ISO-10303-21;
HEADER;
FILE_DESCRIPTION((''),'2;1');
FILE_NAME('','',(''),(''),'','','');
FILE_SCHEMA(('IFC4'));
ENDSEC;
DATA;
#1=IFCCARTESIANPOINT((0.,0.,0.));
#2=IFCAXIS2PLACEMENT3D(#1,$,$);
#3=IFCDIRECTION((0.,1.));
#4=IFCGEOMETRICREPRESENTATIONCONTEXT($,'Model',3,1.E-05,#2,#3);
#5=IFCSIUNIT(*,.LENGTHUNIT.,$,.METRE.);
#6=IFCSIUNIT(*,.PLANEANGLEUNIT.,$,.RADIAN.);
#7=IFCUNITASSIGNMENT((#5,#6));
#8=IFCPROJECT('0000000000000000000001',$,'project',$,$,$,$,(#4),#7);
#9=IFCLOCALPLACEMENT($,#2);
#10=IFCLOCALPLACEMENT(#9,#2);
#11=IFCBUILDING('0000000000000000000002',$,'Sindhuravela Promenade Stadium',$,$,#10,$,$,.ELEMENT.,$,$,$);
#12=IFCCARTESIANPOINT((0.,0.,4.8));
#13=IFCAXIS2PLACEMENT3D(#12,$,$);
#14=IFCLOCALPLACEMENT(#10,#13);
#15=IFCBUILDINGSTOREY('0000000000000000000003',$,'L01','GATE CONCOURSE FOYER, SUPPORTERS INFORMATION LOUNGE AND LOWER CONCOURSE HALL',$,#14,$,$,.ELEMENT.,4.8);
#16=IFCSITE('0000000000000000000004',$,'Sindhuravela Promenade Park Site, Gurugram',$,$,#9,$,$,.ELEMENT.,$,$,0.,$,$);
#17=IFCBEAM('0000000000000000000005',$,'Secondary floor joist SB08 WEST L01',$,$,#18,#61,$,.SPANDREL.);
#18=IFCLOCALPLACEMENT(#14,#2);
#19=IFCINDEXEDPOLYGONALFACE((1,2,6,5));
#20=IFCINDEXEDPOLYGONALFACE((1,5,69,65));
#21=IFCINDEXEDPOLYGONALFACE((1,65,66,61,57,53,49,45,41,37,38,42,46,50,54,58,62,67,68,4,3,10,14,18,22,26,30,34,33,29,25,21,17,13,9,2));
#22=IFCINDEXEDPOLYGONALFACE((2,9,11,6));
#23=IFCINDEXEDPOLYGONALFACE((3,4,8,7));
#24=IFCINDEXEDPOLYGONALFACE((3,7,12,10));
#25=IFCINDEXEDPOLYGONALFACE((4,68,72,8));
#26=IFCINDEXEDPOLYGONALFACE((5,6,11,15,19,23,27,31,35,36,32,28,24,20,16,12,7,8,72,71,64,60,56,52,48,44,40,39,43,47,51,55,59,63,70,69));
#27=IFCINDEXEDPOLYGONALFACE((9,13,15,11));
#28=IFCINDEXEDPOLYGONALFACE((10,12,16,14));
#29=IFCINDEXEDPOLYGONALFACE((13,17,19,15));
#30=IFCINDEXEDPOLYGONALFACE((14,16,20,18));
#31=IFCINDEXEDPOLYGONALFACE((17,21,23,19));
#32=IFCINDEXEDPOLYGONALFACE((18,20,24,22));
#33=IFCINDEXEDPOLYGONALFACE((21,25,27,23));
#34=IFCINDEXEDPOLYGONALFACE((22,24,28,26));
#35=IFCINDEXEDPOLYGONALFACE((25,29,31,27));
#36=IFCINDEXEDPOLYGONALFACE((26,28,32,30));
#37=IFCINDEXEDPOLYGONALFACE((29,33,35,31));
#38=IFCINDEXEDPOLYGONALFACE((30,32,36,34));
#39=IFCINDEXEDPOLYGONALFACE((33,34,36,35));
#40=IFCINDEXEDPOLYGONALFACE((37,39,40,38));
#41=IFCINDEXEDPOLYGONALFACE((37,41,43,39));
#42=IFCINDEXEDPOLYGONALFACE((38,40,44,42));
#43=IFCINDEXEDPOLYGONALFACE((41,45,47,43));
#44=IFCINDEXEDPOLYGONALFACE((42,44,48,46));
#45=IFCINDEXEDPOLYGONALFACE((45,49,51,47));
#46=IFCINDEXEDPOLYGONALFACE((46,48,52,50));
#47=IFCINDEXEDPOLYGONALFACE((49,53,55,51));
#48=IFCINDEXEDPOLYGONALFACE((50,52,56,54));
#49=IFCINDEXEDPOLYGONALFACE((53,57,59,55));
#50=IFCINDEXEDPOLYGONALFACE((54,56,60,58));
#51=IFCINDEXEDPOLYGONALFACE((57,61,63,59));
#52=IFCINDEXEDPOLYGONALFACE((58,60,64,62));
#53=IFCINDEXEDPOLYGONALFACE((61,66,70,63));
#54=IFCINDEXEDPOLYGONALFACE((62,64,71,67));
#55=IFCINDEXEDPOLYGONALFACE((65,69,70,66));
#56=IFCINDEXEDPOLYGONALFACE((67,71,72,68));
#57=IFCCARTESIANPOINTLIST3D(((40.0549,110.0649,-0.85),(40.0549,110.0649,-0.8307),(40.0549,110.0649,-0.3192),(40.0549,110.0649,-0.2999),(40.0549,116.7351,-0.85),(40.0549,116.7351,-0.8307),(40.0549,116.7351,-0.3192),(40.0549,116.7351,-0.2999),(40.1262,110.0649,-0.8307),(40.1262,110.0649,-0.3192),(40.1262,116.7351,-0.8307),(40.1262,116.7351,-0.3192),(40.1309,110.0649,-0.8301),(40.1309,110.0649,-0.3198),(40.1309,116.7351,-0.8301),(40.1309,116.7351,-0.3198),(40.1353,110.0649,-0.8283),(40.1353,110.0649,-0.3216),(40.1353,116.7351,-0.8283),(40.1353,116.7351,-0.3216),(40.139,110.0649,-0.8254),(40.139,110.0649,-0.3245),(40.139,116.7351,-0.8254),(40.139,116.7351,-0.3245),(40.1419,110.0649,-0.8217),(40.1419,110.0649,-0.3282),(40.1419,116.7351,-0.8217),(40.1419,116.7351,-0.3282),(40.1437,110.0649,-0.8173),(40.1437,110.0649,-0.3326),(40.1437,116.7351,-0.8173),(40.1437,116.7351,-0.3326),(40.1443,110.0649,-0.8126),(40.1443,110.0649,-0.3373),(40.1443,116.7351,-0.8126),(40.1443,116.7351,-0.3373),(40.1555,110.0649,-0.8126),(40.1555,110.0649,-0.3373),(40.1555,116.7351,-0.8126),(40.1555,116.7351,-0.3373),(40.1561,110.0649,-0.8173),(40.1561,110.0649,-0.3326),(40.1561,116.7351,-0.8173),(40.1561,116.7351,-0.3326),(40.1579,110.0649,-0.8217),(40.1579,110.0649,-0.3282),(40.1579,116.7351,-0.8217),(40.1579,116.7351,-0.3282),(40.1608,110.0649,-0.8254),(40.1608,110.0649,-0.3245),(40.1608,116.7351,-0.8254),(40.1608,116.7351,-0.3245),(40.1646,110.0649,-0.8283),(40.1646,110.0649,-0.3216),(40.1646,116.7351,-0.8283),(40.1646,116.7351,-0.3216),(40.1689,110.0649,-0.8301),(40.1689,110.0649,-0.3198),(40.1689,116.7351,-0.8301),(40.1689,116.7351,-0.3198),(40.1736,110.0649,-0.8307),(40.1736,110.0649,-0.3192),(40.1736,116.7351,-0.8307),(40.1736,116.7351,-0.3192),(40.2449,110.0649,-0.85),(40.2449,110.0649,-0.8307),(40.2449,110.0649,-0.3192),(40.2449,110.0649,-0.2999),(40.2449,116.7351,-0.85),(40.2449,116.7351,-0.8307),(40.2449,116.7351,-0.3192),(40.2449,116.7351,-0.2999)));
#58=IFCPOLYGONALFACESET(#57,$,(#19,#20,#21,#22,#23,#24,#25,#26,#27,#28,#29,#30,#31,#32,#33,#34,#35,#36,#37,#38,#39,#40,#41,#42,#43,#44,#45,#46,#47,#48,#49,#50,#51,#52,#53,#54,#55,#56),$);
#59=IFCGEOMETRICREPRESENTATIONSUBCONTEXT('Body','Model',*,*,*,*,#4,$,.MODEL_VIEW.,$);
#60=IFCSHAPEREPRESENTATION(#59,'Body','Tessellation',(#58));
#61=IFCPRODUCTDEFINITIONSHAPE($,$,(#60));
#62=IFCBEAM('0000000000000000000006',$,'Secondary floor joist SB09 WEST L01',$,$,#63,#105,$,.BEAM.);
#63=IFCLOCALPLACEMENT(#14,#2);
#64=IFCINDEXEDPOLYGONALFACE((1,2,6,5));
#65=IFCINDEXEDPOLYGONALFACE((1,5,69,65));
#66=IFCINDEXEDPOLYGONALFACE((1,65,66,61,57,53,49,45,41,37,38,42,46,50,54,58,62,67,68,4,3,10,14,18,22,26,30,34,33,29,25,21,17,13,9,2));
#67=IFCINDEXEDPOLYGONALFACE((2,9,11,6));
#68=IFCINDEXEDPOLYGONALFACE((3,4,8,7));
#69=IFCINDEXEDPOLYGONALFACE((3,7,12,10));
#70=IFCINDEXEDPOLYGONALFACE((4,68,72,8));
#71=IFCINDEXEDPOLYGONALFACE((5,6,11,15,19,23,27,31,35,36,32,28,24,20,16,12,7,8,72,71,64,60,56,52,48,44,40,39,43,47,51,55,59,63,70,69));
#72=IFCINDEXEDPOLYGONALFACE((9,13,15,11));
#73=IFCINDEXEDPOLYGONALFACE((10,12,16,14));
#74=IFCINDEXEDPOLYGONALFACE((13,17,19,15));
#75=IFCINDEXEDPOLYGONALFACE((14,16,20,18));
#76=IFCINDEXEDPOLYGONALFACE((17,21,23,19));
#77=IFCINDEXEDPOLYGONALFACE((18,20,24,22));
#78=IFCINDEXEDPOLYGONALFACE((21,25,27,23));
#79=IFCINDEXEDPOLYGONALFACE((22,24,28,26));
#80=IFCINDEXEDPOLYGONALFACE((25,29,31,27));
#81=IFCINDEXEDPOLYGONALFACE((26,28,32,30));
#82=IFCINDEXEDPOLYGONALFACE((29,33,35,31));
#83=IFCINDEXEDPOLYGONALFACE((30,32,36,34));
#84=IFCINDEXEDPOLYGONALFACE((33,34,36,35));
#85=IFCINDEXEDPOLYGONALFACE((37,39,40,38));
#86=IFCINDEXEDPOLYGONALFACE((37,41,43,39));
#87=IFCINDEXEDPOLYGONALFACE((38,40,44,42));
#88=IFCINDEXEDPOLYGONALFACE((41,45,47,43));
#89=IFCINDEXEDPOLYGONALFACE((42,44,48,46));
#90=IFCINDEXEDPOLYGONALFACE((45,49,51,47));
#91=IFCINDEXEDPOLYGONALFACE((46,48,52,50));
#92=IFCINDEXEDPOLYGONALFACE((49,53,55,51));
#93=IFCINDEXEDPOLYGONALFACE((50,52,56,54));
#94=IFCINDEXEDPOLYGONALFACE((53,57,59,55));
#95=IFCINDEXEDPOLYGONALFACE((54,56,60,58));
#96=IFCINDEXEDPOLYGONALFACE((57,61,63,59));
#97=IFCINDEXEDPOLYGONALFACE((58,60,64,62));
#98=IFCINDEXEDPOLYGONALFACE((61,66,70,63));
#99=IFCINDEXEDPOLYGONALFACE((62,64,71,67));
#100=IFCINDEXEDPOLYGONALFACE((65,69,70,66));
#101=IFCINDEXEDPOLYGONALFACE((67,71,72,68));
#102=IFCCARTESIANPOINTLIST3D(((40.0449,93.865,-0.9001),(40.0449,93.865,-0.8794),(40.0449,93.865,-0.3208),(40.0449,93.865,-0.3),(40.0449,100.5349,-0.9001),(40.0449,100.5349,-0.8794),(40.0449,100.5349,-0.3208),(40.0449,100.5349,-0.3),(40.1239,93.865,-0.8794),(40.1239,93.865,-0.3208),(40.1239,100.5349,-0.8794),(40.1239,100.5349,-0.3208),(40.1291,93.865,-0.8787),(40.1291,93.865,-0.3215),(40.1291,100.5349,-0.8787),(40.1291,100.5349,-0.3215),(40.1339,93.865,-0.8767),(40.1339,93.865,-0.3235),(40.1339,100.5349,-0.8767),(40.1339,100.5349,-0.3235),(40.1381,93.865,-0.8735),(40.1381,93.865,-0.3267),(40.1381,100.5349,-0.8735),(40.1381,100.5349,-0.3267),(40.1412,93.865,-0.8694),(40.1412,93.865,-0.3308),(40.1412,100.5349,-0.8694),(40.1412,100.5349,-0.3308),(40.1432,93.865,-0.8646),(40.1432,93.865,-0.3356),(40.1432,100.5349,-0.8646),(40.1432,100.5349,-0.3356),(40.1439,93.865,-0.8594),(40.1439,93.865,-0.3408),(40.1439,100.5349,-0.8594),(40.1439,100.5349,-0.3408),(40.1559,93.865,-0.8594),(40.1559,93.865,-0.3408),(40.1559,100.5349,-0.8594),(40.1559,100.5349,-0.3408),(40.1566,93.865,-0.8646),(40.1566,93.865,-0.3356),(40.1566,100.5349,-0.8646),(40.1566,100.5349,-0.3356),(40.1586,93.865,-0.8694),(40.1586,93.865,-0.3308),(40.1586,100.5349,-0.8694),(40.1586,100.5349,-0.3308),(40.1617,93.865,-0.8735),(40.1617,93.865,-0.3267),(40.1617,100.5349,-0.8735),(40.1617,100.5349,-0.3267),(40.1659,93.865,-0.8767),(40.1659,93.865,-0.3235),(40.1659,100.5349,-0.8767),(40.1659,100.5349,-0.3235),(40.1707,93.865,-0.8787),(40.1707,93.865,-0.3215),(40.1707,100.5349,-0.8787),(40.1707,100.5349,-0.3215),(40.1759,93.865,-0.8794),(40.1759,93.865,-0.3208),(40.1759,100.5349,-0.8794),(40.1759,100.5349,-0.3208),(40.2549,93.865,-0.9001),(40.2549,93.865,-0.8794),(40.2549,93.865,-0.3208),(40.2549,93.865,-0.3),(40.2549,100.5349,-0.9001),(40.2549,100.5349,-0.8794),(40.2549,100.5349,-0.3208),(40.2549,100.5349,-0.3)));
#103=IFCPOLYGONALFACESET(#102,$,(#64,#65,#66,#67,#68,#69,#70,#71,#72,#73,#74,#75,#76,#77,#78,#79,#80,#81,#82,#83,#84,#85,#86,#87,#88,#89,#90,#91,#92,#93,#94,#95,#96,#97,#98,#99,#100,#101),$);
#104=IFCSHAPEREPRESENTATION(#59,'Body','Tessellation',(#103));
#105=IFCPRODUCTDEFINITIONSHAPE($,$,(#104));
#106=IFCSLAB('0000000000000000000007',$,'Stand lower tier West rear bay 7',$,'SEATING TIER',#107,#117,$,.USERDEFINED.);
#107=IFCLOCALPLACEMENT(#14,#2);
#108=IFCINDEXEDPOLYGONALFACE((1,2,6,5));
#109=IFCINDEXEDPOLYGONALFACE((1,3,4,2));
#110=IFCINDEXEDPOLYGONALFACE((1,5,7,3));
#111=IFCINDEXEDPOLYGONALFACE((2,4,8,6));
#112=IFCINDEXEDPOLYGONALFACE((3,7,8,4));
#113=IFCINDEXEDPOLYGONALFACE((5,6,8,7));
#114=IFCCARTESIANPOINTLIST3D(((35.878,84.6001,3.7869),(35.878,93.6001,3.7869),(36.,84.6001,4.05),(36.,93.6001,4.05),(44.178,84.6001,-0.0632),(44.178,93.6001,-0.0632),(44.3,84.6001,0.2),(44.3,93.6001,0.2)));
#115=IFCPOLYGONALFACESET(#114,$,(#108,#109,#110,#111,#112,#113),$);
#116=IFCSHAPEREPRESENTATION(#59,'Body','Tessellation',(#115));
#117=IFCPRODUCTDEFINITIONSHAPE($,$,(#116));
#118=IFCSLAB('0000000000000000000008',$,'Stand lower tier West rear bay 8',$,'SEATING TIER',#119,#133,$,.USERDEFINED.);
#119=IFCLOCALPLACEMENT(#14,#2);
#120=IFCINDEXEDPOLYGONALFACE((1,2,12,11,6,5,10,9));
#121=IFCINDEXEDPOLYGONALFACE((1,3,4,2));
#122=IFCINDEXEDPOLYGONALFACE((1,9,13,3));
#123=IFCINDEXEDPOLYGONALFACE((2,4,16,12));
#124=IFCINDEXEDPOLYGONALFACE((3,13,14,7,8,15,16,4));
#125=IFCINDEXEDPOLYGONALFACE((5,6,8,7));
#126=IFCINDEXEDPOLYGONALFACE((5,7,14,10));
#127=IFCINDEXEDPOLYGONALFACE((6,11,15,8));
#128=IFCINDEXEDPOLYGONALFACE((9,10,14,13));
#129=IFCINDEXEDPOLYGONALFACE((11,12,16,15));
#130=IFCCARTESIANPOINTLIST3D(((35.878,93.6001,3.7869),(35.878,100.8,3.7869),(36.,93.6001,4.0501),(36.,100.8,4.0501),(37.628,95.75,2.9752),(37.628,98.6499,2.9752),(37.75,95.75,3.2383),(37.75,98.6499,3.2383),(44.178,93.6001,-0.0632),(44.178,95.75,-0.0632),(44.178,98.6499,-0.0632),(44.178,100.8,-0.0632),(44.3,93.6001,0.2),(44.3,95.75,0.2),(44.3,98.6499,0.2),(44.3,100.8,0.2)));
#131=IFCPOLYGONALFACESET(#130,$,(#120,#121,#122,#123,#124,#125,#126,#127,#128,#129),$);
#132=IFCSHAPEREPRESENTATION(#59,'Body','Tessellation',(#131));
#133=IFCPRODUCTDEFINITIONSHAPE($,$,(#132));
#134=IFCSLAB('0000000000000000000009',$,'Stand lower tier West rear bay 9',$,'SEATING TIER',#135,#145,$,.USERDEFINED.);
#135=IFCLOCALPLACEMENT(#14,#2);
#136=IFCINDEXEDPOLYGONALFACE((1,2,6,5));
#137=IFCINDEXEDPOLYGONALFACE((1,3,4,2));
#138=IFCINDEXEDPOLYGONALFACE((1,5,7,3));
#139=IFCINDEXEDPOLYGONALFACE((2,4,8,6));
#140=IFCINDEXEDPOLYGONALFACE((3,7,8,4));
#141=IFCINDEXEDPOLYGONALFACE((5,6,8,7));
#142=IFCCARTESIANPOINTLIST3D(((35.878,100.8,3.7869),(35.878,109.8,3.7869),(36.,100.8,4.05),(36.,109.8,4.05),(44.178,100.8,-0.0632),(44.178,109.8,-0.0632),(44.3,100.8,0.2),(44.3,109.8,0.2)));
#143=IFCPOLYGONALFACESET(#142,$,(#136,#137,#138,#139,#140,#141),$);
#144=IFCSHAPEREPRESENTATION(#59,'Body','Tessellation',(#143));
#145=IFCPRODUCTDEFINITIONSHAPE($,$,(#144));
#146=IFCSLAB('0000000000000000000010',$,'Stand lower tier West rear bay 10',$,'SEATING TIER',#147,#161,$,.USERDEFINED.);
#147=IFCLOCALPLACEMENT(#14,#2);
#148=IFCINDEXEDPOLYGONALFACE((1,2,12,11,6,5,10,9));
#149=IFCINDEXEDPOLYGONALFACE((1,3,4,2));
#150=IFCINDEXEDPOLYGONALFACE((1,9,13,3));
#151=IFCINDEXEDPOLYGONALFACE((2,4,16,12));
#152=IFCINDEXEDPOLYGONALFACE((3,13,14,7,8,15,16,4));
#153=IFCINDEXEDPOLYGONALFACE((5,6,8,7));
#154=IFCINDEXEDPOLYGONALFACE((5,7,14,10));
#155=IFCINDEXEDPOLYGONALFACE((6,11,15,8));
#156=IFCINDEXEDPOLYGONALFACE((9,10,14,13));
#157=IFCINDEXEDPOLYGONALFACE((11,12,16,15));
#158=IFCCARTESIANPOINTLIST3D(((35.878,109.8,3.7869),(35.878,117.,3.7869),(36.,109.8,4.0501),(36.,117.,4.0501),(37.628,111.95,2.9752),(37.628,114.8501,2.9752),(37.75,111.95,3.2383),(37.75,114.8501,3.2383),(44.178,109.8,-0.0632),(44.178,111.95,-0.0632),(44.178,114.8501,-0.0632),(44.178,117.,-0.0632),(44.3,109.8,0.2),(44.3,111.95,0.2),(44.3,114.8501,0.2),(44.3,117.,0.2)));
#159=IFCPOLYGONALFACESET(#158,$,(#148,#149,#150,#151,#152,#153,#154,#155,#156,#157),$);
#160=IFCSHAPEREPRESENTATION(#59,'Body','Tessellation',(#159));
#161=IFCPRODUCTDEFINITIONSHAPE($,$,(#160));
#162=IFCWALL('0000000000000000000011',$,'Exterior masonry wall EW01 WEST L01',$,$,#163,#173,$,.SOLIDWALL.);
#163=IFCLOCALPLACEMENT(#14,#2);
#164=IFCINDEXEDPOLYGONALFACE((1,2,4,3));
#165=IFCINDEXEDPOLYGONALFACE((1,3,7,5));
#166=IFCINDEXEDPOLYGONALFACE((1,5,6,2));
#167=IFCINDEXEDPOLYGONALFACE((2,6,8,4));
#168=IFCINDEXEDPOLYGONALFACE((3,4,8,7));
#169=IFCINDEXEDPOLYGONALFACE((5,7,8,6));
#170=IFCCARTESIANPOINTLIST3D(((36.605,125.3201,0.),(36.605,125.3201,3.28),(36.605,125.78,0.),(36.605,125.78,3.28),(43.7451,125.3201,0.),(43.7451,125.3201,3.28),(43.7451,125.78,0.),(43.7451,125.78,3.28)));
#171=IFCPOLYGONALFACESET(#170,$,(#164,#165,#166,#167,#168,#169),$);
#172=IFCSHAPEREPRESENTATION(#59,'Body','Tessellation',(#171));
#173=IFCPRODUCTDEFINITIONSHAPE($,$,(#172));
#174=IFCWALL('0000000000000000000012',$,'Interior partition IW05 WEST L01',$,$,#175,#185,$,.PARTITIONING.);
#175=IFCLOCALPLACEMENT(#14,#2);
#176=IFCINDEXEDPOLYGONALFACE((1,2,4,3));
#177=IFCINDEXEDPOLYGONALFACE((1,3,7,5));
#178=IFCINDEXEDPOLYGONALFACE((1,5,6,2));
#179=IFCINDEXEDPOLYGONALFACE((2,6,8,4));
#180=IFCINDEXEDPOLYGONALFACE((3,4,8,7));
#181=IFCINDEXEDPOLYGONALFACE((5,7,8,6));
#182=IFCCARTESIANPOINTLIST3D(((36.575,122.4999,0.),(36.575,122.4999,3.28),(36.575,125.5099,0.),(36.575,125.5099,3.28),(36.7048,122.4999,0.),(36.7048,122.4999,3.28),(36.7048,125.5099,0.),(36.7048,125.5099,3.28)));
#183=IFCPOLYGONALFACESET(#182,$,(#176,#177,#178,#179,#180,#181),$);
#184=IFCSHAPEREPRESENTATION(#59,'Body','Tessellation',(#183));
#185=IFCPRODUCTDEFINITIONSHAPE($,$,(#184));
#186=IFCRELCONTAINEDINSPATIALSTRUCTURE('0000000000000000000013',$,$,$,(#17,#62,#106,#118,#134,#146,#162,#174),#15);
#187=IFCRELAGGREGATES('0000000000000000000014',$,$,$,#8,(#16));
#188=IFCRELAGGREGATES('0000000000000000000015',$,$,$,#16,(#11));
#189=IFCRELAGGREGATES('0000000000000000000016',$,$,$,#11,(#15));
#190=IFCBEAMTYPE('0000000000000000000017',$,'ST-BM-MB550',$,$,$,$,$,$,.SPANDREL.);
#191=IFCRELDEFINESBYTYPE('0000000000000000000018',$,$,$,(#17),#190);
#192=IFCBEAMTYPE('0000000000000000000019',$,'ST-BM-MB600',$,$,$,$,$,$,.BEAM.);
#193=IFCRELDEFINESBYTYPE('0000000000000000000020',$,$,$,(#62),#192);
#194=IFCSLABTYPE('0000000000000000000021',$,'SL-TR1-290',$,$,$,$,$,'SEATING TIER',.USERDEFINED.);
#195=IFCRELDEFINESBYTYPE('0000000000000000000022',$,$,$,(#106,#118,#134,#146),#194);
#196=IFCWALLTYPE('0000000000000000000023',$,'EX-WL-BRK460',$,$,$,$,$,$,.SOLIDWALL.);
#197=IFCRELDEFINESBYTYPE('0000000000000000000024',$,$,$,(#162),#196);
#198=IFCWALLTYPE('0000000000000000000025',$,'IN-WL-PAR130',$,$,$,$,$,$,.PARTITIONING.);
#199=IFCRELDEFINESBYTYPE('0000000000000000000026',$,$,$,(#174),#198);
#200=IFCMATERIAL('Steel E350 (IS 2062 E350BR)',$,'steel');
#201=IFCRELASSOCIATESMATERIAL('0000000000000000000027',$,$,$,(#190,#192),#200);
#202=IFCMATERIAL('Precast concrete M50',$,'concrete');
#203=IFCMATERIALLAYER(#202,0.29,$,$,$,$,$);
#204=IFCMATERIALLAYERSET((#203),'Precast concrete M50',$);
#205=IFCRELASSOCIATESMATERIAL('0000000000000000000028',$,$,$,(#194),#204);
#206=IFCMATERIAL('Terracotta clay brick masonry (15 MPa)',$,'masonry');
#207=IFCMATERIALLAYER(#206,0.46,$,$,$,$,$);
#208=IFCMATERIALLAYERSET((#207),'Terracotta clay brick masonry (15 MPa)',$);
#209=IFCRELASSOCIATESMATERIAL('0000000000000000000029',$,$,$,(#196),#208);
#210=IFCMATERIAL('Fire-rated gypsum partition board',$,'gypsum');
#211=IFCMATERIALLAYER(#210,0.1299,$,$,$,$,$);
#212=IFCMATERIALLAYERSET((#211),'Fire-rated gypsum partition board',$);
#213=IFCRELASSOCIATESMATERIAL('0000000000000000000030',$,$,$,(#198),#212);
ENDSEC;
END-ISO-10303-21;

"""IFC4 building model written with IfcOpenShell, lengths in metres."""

from ifc_helpers import new_model, si_unit, direction, frame, frame_2d, origin, origin_2d, place, context, subcontext, project, spatial, polyline, rectangle, i_section, outline, extrude, material, layer, layer_set, material_profile, profile_set, type_object, element, save


model = new_model("IFC4")

# Units and contexts
model_context = context("Model", 3, precision=1e-05, world=origin(), true_north=direction((0.0, 1.0)))
body_context = subcontext(model_context, "Body", "Model", "MODEL_VIEW")
ifc_project = project(units=[si_unit("LENGTHUNIT", "METRE"), si_unit("PLANEANGLEUNIT", "RADIAN")], contexts=[model_context])

# Site, building, storey
site_placement = place(None, origin())
site = spatial("IfcSite", under=ifc_project, at=site_placement, Name="Sindhuravela Promenade Park Site, Gurugram", CompositionType="ELEMENT", RefElevation=0.0)
building_placement = place(site_placement, origin())
building = spatial("IfcBuilding", under=site, at=building_placement, Name="Sindhuravela Promenade Stadium", CompositionType="ELEMENT")
storey_placement = place(building_placement, frame((0.0, 0.0, 4.8)))
storey = spatial("IfcBuildingStorey", under=building, at=storey_placement, Name="L01", Description="GATE CONCOURSE FOYER, SUPPORTERS INFORMATION LOUNGE AND LOWER CONCOURSE HALL", CompositionType="ELEMENT", Elevation=4.8)

# Beams
ifc_material_1 = material(Name="Steel E350 (IS 2062 E350BR)", Category="steel")
ifc_material_profile_1 = material_profile(ifc_material_1, i_section(OverallWidth=0.1899, OverallDepth=0.55, WebThickness=0.0112, FlangeThickness=0.0193, FilletRadius=0.0181, at=origin_2d()), Name="ISMB 550")
ifc_profile_set_1 = profile_set([ifc_material_profile_1], Name="Steel E350 (IS 2062 E350BR)")
beam_type_1 = type_object("IfcBeamType", Name="ST-BM-MB550", PredefinedType="SPANDREL", material=ifc_profile_set_1)
beam_1_placement = place(storey_placement, frame((40.1499, 110.0649, -0.575), z_axis=(0.0, 1.0, 0.0), x_axis=(-1.0, 0.0, 0.0)))
element("IfcBeam", 1, at=beam_1_placement, inside=storey, type_object=beam_type_1, Name="Secondary floor joist SB08 WEST L01", PredefinedType="SPANDREL", context=body_context, shape_type="SweptSolid", body=[
    extrude(i_section(OverallWidth=0.1899, OverallDepth=0.55, WebThickness=0.0112, FlangeThickness=0.0193, FilletRadius=0.0181, at=origin_2d()), origin(), (0.0, 0.0, 1.0), 6.6702),
])
ifc_material_profile_2 = material_profile(ifc_material_1, i_section(OverallWidth=0.21, OverallDepth=0.6001, WebThickness=0.012, FlangeThickness=0.0208, FilletRadius=0.02, at=origin_2d()), Name="ISMB 600")
ifc_profile_set_2 = profile_set([ifc_material_profile_2], Name="Steel E350 (IS 2062 E350BR)")
beam_type_2 = type_object("IfcBeamType", Name="ST-BM-MB600", PredefinedType="BEAM", material=ifc_profile_set_2)
beam_2_placement = place(storey_placement, frame((40.1499, 93.865, -0.6001), z_axis=(0.0, 1.0, 0.0), x_axis=(-1.0, 0.0, 0.0)))
element("IfcBeam", 2, at=beam_2_placement, inside=storey, type_object=beam_type_2, Name="Secondary floor joist SB09 WEST L01", PredefinedType="BEAM", context=body_context, shape_type="SweptSolid", body=[
    extrude(i_section(OverallWidth=0.21, OverallDepth=0.6001, WebThickness=0.012, FlangeThickness=0.0208, FilletRadius=0.02, at=origin_2d()), origin(), (0.0, 0.0, 1.0), 6.6699),
])

# Slabs
ifc_material_2 = material(Name="Precast concrete M50", Category="concrete")
ifc_layer_1 = layer(ifc_material_2, 0.29)
ifc_layer_set_1 = layer_set([ifc_layer_1], Name="Precast concrete M50")
slab_type = type_object("IfcSlabType", Name="SL-TR1-290", ElementType="SEATING TIER", PredefinedType="USERDEFINED", material=ifc_layer_set_1)
slab_1_placement = place(storey_placement, frame((44.3, 84.6001, 0.2), z_axis=(0.420797, 0.0, 0.907155), x_axis=(0.0, 1.0, 0.0)))
element("IfcSlab", 3, at=slab_1_placement, inside=storey, type_object=slab_type, Name="Stand lower tier West rear bay 7", ObjectType="SEATING TIER", PredefinedType="USERDEFINED", context=body_context, shape_type="SweptSolid", body=[
    extrude(outline(polyline([(0.0, 0.0), (9.0, 0.0), (9.0, 9.1495), (0.0, 9.1495), (0.0, 0.0)])), origin(), (0.0, 0.0, -1.0), 0.29),
])
slab_2_placement = place(storey_placement, frame((44.3, 93.6001, 0.2), z_axis=(0.420797, 0.0, 0.907155), x_axis=(0.0, 1.0, 0.0)))
element("IfcSlab", 4, at=slab_2_placement, inside=storey, type_object=slab_type, Name="Stand lower tier West rear bay 8", ObjectType="SEATING TIER", PredefinedType="USERDEFINED", context=body_context, shape_type="SweptSolid", body=[
    extrude(outline(polyline([(0.0, 0.0), (2.1499, 0.0), (2.1499, 7.2204), (5.0498, 7.2204), (5.0498, 0.0), (7.2, 0.0), (7.2, 9.1495), (0.0, 9.1495), (0.0, 0.0)])), origin(), (0.0, 0.0, -1.0), 0.29),
])
slab_3_placement = place(storey_placement, frame((44.3, 100.8, 0.2), z_axis=(0.420797, 0.0, 0.907155), x_axis=(0.0, 1.0, 0.0)))
element("IfcSlab", 5, at=slab_3_placement, inside=storey, type_object=slab_type, Name="Stand lower tier West rear bay 9", ObjectType="SEATING TIER", PredefinedType="USERDEFINED", context=body_context, shape_type="SweptSolid", body=[
    extrude(outline(polyline([(0.0, 0.0), (9.0, 0.0), (9.0, 9.1495), (0.0, 9.1495), (0.0, 0.0)])), origin(), (0.0, 0.0, -1.0), 0.29),
])
slab_4_placement = place(storey_placement, frame((44.3, 109.8, 0.2), z_axis=(0.420797, 0.0, 0.907155), x_axis=(0.0, 1.0, 0.0)))
element("IfcSlab", 6, at=slab_4_placement, inside=storey, type_object=slab_type, Name="Stand lower tier West rear bay 10", ObjectType="SEATING TIER", PredefinedType="USERDEFINED", context=body_context, shape_type="SweptSolid", body=[
    extrude(outline(polyline([(0.0, 0.0), (2.1499, 0.0), (2.1499, 7.2204), (5.05, 7.2204), (5.05, 0.0), (7.2, 0.0), (7.2, 9.1495), (0.0, 9.1495), (0.0, 0.0)])), origin(), (0.0, 0.0, -1.0), 0.29),
])

# Walls
ifc_material_3 = material(Name="Terracotta clay brick masonry (15 MPa)", Category="masonry")
ifc_layer_2 = layer(ifc_material_3, 0.46)
ifc_layer_set_2 = layer_set([ifc_layer_2], Name="Terracotta clay brick masonry (15 MPa)")
wall_type_1 = type_object("IfcWallType", Name="EX-WL-BRK460", PredefinedType="SOLIDWALL", material=ifc_layer_set_2)
wall_1_placement = place(storey_placement, frame((36.605, 125.55, 0.0), z_axis=(0.0, 0.0, 1.0), x_axis=(1.0, 0.0, 0.0)))
element("IfcWall", 7, at=wall_1_placement, inside=storey, type_object=wall_type_1, Name="Exterior masonry wall EW01 WEST L01", PredefinedType="SOLIDWALL", context=body_context, shape_type="SweptSolid", body=[
    extrude(rectangle(XDim=7.1401, YDim=0.46, at=frame_2d((3.5701, 0.0))), origin(), (0.0, 0.0, 1.0), 3.28),
])
ifc_material_4 = material(Name="Fire-rated gypsum partition board", Category="gypsum")
ifc_layer_3 = layer(ifc_material_4, 0.1299)
ifc_layer_set_3 = layer_set([ifc_layer_3], Name="Fire-rated gypsum partition board")
wall_type_2 = type_object("IfcWallType", Name="IN-WL-PAR130", PredefinedType="PARTITIONING", material=ifc_layer_set_3)
wall_2_placement = place(storey_placement, frame((36.6399, 122.5, 0.0), z_axis=(0.0, 0.0, 1.0), x_axis=(0.0, 1.0, 0.0)))
element("IfcWall", 8, at=wall_2_placement, inside=storey, type_object=wall_type_2, Name="Interior partition IW05 WEST L01", PredefinedType="PARTITIONING", context=body_context, shape_type="SweptSolid", body=[
    extrude(rectangle(XDim=3.01, YDim=0.1299, at=frame_2d((1.5049, 0.0))), origin(), (0.0, 0.0, 1.0), 3.28),
])

save(model, "model.ifc")
